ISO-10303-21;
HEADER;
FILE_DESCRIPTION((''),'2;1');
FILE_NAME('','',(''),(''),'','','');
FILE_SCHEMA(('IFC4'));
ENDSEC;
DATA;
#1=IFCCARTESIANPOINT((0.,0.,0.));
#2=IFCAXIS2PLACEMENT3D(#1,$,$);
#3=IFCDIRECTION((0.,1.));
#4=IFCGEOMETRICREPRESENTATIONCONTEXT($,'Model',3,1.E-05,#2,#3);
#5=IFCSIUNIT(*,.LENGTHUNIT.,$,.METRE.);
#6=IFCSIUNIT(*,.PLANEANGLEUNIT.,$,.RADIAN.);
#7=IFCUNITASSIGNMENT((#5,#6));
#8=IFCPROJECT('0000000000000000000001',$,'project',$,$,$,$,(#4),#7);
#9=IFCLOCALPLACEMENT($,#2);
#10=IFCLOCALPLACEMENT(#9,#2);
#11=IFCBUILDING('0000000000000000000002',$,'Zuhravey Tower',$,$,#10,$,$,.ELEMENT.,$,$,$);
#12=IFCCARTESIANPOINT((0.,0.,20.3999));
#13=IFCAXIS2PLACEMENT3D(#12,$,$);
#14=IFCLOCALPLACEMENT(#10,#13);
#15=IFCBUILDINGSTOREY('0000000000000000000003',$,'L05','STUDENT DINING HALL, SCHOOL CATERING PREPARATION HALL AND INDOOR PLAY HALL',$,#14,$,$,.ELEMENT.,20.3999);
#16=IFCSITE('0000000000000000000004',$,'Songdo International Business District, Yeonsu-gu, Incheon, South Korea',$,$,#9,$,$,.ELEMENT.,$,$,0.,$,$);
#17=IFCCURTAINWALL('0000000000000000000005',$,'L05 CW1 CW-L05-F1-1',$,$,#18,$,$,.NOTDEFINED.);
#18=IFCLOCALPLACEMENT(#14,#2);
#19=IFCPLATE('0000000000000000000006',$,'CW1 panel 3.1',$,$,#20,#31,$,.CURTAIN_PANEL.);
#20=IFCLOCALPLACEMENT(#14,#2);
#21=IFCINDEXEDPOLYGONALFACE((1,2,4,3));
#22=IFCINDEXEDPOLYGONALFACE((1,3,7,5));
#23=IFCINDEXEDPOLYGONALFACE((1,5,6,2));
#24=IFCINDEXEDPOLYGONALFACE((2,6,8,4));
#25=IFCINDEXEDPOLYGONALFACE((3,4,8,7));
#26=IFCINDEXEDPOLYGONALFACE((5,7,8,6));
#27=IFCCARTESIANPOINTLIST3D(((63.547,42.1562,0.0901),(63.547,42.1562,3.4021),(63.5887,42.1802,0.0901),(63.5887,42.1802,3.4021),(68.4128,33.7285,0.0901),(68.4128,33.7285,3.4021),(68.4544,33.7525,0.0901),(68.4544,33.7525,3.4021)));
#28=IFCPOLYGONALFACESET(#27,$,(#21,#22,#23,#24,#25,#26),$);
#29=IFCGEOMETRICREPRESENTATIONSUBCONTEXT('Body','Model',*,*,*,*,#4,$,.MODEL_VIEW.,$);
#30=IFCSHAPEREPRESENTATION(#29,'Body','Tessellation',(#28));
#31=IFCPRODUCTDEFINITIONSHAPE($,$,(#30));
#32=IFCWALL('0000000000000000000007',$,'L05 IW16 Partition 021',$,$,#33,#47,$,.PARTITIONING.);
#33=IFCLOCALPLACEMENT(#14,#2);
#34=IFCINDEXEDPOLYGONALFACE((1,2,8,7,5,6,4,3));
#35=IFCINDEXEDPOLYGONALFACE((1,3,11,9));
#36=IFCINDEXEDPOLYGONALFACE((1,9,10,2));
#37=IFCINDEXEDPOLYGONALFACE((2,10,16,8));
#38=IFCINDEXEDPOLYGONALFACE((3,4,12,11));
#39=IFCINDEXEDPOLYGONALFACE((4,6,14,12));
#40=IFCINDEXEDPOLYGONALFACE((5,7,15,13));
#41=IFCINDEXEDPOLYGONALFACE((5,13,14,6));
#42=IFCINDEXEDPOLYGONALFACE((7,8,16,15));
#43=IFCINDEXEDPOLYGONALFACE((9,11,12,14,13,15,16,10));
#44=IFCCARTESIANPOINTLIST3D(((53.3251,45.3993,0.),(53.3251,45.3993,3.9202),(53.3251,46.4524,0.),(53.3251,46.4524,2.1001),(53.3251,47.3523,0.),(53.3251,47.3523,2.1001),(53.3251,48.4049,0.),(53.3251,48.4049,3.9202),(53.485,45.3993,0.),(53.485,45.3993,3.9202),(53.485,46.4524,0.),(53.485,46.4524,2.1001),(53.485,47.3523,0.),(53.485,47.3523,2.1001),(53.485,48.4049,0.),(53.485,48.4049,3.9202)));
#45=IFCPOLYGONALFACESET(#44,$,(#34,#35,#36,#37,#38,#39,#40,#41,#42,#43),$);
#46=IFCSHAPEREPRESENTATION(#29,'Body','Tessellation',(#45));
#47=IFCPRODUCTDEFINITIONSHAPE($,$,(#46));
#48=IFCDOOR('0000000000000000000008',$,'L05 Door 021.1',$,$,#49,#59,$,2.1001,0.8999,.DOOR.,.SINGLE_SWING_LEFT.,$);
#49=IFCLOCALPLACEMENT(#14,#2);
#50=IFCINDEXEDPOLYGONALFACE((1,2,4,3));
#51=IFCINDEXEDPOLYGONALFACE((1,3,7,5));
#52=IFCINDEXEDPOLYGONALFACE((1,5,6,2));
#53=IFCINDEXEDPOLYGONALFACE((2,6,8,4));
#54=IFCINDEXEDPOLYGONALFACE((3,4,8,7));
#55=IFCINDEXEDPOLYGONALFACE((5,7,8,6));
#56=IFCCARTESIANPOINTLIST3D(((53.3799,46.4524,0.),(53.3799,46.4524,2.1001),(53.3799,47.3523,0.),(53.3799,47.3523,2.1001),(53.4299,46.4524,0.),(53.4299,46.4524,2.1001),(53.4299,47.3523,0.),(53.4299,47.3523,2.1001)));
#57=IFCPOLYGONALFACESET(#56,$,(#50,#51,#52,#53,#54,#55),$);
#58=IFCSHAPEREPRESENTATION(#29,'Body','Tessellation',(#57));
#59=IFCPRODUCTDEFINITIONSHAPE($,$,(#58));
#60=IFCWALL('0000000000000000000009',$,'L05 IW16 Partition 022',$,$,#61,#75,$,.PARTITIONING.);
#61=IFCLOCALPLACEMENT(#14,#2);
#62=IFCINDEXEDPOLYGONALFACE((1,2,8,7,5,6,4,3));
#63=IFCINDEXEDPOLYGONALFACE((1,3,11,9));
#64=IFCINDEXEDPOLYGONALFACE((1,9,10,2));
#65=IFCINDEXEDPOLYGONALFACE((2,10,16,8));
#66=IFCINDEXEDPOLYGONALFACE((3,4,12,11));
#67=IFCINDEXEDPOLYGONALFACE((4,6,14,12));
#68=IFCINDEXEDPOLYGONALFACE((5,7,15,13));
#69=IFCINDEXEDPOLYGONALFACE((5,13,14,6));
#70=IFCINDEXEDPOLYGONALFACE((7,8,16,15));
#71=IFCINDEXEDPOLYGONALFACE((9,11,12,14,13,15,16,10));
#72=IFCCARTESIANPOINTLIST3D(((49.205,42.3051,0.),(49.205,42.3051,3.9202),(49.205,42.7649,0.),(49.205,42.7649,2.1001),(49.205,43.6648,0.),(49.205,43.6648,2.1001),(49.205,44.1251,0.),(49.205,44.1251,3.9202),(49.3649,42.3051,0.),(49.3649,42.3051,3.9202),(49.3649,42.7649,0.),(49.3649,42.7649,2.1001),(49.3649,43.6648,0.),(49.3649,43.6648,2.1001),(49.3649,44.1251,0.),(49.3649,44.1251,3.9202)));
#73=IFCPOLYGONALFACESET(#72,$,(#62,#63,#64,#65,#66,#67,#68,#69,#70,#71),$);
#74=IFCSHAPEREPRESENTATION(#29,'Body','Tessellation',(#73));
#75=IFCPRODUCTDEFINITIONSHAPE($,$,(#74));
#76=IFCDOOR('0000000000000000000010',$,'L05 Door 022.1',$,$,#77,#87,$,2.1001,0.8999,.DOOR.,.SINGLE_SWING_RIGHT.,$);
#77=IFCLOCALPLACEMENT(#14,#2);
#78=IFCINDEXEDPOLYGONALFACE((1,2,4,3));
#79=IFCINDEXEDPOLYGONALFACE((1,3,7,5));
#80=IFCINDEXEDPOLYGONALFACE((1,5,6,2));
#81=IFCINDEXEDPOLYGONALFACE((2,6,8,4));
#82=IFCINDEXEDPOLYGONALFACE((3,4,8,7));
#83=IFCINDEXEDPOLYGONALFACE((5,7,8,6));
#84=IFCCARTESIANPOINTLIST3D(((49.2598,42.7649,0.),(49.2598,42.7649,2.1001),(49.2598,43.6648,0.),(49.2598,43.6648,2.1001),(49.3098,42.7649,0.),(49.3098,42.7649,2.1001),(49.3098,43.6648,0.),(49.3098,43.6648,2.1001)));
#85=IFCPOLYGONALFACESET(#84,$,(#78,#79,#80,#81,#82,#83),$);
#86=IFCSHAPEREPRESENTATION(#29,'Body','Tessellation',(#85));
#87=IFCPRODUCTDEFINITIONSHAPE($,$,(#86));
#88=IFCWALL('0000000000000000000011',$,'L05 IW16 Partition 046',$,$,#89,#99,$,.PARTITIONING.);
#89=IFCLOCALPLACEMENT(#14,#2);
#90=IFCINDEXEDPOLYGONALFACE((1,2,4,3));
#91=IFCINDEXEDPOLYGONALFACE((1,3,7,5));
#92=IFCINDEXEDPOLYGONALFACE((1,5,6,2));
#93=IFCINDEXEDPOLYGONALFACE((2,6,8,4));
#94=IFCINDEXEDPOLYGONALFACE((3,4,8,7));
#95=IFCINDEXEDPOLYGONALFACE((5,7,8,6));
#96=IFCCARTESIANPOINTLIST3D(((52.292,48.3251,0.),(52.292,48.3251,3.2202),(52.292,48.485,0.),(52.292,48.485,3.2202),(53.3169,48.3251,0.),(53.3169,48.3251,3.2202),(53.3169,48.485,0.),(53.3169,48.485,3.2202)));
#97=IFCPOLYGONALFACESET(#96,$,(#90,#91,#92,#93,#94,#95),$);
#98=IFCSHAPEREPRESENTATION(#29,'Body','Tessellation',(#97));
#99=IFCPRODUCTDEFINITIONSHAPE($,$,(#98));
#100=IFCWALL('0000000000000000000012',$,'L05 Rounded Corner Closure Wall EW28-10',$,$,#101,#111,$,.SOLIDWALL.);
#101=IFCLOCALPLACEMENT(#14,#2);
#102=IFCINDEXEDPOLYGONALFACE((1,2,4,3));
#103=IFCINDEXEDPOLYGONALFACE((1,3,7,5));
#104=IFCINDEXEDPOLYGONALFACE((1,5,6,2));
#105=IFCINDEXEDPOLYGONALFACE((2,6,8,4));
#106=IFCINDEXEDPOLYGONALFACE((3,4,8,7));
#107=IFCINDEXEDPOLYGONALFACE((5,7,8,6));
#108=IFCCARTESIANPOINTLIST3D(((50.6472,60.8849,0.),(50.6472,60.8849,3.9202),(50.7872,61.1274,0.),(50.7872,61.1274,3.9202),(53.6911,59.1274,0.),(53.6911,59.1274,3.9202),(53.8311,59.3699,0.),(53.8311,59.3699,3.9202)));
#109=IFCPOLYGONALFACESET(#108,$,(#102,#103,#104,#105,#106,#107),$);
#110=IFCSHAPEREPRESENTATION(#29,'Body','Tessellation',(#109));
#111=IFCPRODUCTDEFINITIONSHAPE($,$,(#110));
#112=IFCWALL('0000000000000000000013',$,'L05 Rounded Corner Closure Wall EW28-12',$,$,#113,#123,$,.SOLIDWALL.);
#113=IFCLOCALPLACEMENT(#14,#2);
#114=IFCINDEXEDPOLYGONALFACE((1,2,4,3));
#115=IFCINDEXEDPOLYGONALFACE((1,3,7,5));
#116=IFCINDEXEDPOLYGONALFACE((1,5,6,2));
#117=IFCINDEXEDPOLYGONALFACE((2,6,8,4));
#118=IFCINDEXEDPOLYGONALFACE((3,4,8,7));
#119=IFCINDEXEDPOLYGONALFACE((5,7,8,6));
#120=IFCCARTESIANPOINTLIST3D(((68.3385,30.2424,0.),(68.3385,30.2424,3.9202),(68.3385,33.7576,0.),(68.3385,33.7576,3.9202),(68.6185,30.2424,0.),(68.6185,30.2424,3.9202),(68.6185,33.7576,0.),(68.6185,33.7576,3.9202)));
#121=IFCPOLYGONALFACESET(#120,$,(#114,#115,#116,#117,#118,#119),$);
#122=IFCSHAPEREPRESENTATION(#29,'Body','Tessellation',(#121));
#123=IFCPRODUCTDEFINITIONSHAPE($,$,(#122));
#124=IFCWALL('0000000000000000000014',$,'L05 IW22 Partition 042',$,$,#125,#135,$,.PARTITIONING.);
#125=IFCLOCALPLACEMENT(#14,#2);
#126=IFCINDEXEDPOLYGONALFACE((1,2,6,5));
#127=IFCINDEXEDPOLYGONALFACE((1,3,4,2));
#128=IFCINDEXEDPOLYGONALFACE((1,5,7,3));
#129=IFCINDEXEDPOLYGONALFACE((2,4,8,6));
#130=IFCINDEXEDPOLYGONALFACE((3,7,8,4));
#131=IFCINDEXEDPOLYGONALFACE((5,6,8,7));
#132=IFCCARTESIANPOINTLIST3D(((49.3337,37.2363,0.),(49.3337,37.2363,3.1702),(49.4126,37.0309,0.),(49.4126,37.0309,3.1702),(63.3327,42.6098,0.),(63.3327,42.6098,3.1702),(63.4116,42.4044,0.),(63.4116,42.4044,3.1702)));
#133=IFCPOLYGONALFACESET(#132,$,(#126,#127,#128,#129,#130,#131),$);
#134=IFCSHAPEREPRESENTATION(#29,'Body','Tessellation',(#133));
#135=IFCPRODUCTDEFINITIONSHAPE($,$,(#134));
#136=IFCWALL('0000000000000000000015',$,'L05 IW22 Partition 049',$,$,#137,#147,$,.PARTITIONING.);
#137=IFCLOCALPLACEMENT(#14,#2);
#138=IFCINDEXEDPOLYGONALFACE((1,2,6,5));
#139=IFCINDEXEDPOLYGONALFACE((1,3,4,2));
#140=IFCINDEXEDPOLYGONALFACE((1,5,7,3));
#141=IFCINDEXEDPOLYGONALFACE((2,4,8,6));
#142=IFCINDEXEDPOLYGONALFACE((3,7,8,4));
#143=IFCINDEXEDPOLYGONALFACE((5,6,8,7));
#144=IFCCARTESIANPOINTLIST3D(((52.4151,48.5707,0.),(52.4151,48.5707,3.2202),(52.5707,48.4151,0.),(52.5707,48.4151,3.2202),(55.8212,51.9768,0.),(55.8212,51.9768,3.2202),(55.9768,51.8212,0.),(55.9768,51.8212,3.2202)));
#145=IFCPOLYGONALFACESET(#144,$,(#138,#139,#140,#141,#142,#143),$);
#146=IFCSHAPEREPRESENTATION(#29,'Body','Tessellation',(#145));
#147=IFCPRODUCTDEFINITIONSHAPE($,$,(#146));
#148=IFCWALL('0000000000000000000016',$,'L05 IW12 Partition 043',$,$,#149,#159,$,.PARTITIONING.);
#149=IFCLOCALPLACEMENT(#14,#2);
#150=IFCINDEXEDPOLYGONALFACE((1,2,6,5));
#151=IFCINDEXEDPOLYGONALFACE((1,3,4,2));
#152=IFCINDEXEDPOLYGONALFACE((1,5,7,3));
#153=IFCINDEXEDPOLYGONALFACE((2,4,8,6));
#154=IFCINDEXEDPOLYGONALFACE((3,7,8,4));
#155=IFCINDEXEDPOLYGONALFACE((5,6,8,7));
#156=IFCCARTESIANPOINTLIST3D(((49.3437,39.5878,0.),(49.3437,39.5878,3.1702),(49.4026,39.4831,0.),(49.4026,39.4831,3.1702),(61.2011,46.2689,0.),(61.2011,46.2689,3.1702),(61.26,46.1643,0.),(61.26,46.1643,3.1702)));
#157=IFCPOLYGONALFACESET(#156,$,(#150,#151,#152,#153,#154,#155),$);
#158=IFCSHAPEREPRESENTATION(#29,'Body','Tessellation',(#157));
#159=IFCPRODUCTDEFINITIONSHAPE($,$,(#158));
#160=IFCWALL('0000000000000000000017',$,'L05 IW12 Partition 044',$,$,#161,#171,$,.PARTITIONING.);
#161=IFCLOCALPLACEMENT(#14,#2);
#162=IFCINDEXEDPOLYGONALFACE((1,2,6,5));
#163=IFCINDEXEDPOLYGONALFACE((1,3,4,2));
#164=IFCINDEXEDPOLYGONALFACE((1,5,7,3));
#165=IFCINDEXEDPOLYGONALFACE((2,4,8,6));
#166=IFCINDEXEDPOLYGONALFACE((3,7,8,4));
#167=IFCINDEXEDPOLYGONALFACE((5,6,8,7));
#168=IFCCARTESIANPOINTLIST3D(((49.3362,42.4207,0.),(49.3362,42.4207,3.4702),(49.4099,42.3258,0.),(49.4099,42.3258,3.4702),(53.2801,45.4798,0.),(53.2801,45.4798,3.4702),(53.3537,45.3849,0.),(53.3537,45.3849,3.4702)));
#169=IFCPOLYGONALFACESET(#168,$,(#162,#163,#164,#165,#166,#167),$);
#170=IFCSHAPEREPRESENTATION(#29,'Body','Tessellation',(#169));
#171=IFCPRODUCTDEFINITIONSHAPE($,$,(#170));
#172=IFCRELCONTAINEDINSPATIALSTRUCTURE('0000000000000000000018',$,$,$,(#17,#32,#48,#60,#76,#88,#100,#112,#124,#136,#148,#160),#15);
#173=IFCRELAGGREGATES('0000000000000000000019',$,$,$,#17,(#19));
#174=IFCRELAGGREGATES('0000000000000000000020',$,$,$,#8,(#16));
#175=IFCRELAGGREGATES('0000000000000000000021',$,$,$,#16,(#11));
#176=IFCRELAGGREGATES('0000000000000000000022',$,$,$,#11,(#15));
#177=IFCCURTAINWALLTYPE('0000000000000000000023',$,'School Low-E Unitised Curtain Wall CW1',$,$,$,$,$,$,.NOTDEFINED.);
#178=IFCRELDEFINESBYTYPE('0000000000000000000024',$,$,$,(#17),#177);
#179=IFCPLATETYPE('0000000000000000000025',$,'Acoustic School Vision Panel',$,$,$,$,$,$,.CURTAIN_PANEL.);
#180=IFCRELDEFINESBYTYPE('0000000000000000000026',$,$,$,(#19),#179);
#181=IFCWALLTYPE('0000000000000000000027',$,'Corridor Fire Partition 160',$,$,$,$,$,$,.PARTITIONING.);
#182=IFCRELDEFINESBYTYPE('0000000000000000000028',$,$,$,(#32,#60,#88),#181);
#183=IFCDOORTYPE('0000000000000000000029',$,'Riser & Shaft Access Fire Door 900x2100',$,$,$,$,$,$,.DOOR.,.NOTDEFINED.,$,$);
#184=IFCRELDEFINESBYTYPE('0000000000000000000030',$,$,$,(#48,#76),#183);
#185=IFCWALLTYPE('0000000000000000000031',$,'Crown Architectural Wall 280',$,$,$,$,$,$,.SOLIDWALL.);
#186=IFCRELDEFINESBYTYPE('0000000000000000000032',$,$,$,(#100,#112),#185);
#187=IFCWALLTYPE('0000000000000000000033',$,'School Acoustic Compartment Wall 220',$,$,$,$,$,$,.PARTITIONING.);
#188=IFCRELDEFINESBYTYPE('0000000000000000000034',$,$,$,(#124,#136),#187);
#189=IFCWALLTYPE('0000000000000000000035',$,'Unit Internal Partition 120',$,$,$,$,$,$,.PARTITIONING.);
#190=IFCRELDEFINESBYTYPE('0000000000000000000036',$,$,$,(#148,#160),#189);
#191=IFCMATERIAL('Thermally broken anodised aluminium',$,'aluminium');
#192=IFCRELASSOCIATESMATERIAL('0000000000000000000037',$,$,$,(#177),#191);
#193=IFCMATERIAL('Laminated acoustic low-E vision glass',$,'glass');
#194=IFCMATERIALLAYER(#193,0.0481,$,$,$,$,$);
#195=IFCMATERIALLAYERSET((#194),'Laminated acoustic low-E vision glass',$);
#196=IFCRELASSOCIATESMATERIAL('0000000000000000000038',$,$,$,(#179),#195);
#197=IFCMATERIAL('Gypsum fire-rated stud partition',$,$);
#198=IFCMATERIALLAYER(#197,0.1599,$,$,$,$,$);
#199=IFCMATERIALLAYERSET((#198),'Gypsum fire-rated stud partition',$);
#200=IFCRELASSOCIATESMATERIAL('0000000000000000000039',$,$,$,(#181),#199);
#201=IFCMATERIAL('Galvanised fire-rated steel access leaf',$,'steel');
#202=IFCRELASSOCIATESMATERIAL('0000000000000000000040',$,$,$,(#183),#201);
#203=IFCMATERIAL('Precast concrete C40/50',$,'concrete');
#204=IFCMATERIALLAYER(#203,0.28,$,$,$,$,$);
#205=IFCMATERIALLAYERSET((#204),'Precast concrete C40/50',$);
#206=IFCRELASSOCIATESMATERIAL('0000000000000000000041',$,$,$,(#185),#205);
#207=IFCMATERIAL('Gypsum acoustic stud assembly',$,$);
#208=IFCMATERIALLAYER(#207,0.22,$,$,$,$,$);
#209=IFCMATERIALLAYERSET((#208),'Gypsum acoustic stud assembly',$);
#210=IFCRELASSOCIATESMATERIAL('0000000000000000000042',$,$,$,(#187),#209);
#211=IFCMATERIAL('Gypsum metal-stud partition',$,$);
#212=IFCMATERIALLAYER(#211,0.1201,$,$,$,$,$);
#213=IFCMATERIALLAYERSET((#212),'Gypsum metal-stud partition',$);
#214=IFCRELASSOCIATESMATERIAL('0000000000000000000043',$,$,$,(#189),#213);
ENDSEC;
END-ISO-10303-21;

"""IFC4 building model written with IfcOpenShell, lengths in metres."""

from ifc_helpers import new_model, si_unit, direction, frame, frame_2d, origin, origin_2d, place, context, subcontext, project, spatial, rectangle, extrude, material, layer, layer_set, type_object, element, fill, aggregate, save


model = new_model("IFC4")

# Units and contexts
model_context = context("Model", 3, precision=1e-05, world=origin(), true_north=direction((0.0, 1.0)))
body_context = subcontext(model_context, "Body", "Model", "MODEL_VIEW")
ifc_project = project(units=[si_unit("LENGTHUNIT", "METRE"), si_unit("PLANEANGLEUNIT", "RADIAN")], contexts=[model_context])

# Site, building, storey
site_placement = place(None, origin())
site = spatial("IfcSite", under=ifc_project, at=site_placement, Name="Songdo International Business District, Yeonsu-gu, Incheon, South Korea", CompositionType="ELEMENT", RefElevation=0.0)
building_placement = place(site_placement, origin())
building = spatial("IfcBuilding", under=site, at=building_placement, Name="Zuhravey Tower", CompositionType="ELEMENT")
storey_placement = place(building_placement, frame((0.0, 0.0, 20.3999)))
storey = spatial("IfcBuildingStorey", under=building, at=storey_placement, Name="L05", Description="STUDENT DINING HALL, SCHOOL CATERING PREPARATION HALL AND INDOOR PLAY HALL", CompositionType="ELEMENT", Elevation=20.3999)

# Shared definitions
ifc_material_1 = material(Name="Thermally broken anodised aluminium", Category="aluminium")
curtain_wall_type = type_object("IfcCurtainWallType", Name="School Low-E Unitised Curtain Wall CW1", PredefinedType="NOTDEFINED", material=ifc_material_1)

# Curtain wall
curtain_wall_1_placement = place(storey_placement, origin())
curtain_wall_1 = element("IfcCurtainWall", 1, at=curtain_wall_1_placement, inside=storey, type_object=curtain_wall_type, Name="L05 CW1 CW-L05-F1-1", PredefinedType="NOTDEFINED")

# Plate
ifc_material_2 = material(Name="Laminated acoustic low-E vision glass", Category="glass")
ifc_layer_1 = layer(ifc_material_2, 0.0481)
ifc_layer_set_1 = layer_set([ifc_layer_1], Name="Laminated acoustic low-E vision glass")
plate_type = type_object("IfcPlateType", Name="Acoustic School Vision Panel", PredefinedType="CURTAIN_PANEL", material=ifc_layer_set_1)
plate_1_placement = place(storey_placement, frame((66.0007, 37.9543, 0.0901), z_axis=(0.0, 0.0, 1.0), x_axis=(0.5, -0.866026, 0.0)))
plate_1 = element("IfcPlate", 2, at=plate_1_placement, type_object=plate_type, Name="CW1 panel 3.1", PredefinedType="CURTAIN_PANEL", context=body_context, shape_type="SweptSolid", body=[
    extrude(rectangle(XDim=9.7314, YDim=0.0481, at=origin_2d()), origin(), (0.0, 0.0, 1.0), 3.312),
])
aggregate(curtain_wall_1, [plate_1])

# Walls, openings, doors
ifc_material_3 = material(Name="Gypsum fire-rated stud partition")
ifc_layer_2 = layer(ifc_material_3, 0.1599)
ifc_layer_set_2 = layer_set([ifc_layer_2], Name="Gypsum fire-rated stud partition")
wall_type_1 = type_object("IfcWallType", Name="Corridor Fire Partition 160", PredefinedType="PARTITIONING", material=ifc_layer_set_2)
wall_1_placement = place(storey_placement, frame((53.405, 48.405, 0.0), z_axis=(0.0, 0.0, 1.0), x_axis=(0.0, -1.0, 0.0)))
wall_1 = element("IfcWall", 3, at=wall_1_placement, inside=storey, type_object=wall_type_1, Name="L05 IW16 Partition 021", PredefinedType="PARTITIONING", context=body_context, shape_type="SweptSolid", body=[
    extrude(rectangle(XDim=3.0056, YDim=0.1599, at=frame_2d((1.5029, 0.0))), origin(), (0.0, 0.0, 1.0), 3.9202),
])
opening_1_placement = place(wall_1_placement, frame((1.0527, 0.0, 0.0)))
opening_1 = element("IfcOpeningElement", 4, at=opening_1_placement, cuts=wall_1, PredefinedType="OPENING", context=body_context, shape_type="SweptSolid", body=[
    extrude(rectangle(XDim=0.8999, YDim=2.1001, at=frame_2d((0.45, 1.05))), frame((0.0, 0.092, 0.0), z_axis=(0.0, -1.0, 0.0), x_axis=(1.0, 0.0, 0.0)), (0.0, 0.0, 1.0), 0.1838),
])
ifc_material_4 = material(Name="Galvanised fire-rated steel access leaf", Category="steel")
door_type = type_object("IfcDoorType", Name="Riser & Shaft Access Fire Door 900x2100", OperationType="NOTDEFINED", PredefinedType="DOOR", material=ifc_material_4)
door_1_placement = place(opening_1_placement, origin())
door_1 = element("IfcDoor", 5, at=door_1_placement, inside=storey, type_object=door_type, Name="L05 Door 021.1", OperationType="SINGLE_SWING_LEFT", OverallHeight=2.1001, OverallWidth=0.8999, PredefinedType="DOOR", context=body_context, shape_type="SweptSolid", body=[
    extrude(rectangle(XDim=0.8999, YDim=2.1001, at=frame_2d((0.45, 1.05))), frame((0.0, 0.0249, 0.0), z_axis=(0.0, -1.0, 0.0), x_axis=(1.0, 0.0, 0.0)), (0.0, 0.0, 1.0), 0.05),
])
fill(opening_1, door_1)
wall_2_placement = place(storey_placement, frame((49.2849, 42.3049, 0.0), z_axis=(0.0, 0.0, 1.0), x_axis=(0.0, 1.0, 0.0)))
wall_2 = element("IfcWall", 6, at=wall_2_placement, inside=storey, type_object=wall_type_1, Name="L05 IW16 Partition 022", PredefinedType="PARTITIONING", context=body_context, shape_type="SweptSolid", body=[
    extrude(rectangle(XDim=1.8201, YDim=0.1599, at=frame_2d((0.9102, 0.0))), origin(), (0.0, 0.0, 1.0), 3.9202),
])
opening_2_placement = place(wall_2_placement, frame((0.46, 0.0, 0.0)))
opening_2 = element("IfcOpeningElement", 7, at=opening_2_placement, cuts=wall_2, PredefinedType="OPENING", context=body_context, shape_type="SweptSolid", body=[
    extrude(rectangle(XDim=0.8999, YDim=2.1001, at=frame_2d((0.45, 1.05))), frame((0.0, 0.092, 0.0), z_axis=(0.0, -1.0, 0.0), x_axis=(1.0, 0.0, 0.0)), (0.0, 0.0, 1.0), 0.1838),
])
door_2_placement = place(opening_2_placement, frame((0.8999, 0.0, 0.0), z_axis=(0.0, 0.0, 1.0), x_axis=(-1.0, 0.0, 0.0)))
door_2 = element("IfcDoor", 8, at=door_2_placement, inside=storey, type_object=door_type, Name="L05 Door 022.1", OperationType="SINGLE_SWING_RIGHT", OverallHeight=2.1001, OverallWidth=0.8999, PredefinedType="DOOR", context=body_context, shape_type="SweptSolid", body=[
    extrude(rectangle(XDim=0.8999, YDim=2.1001, at=frame_2d((0.45, 1.05))), frame((0.0, 0.0249, 0.0), z_axis=(0.0, -1.0, 0.0), x_axis=(1.0, 0.0, 0.0)), (0.0, 0.0, 1.0), 0.05),
])
fill(opening_2, door_2)

# Walls
wall_3_placement = place(storey_placement, frame((52.292, 48.405, 0.0), z_axis=(0.0, 0.0, 1.0), x_axis=(1.0, 0.0, 0.0)))
element("IfcWall", 9, at=wall_3_placement, inside=storey, type_object=wall_type_1, Name="L05 IW16 Partition 046", PredefinedType="PARTITIONING", context=body_context, shape_type="SweptSolid", body=[
    extrude(rectangle(XDim=1.0249, YDim=0.1599, at=frame_2d((0.5125, 0.0))), origin(), (0.0, 0.0, 1.0), 3.2202),
])
ifc_material_5 = material(Name="Precast concrete C40/50", Category="concrete")
ifc_layer_3 = layer(ifc_material_5, 0.28)
ifc_layer_set_3 = layer_set([ifc_layer_3], Name="Precast concrete C40/50")
wall_type_2 = type_object("IfcWallType", Name="Crown Architectural Wall 280", PredefinedType="SOLIDWALL", material=ifc_layer_set_3)
wall_4_placement = place(storey_placement, frame((50.7173, 61.0061, 0.0), z_axis=(0.0, 0.0, 1.0), x_axis=(0.866007, -0.500031, 0.0)))
element("IfcWall", 10, at=wall_4_placement, inside=storey, type_object=wall_type_2, Name="L05 Rounded Corner Closure Wall EW28-10", PredefinedType="SOLIDWALL", context=body_context, shape_type="SweptSolid", body=[
    extrude(rectangle(XDim=3.5149, YDim=0.28, at=frame_2d((1.7573, 0.0))), origin(), (0.0, 0.0, 1.0), 3.9202),
])
wall_5_placement = place(storey_placement, frame((68.4785, 33.7576, 0.0), z_axis=(0.0, 0.0, 1.0), x_axis=(0.0, -1.0, 0.0)))
element("IfcWall", 11, at=wall_5_placement, inside=storey, type_object=wall_type_2, Name="L05 Rounded Corner Closure Wall EW28-12", PredefinedType="SOLIDWALL", context=body_context, shape_type="SweptSolid", body=[
    extrude(rectangle(XDim=3.5151, YDim=0.28, at=frame_2d((1.7576, 0.0))), origin(), (0.0, 0.0, 1.0), 3.9202),
])
ifc_material_6 = material(Name="Gypsum acoustic stud assembly")
ifc_layer_4 = layer(ifc_material_6, 0.22)
ifc_layer_set_4 = layer_set([ifc_layer_4], Name="Gypsum acoustic stud assembly")
wall_type_3 = type_object("IfcWallType", Name="School Acoustic Compartment Wall 220", PredefinedType="PARTITIONING", material=ifc_layer_set_4)
wall_6_placement = place(storey_placement, frame((49.373, 37.1335, 0.0), z_axis=(0.0, 0.0, 1.0), x_axis=(0.933585, 0.358357, 0.0)))
element("IfcWall", 12, at=wall_6_placement, inside=storey, type_object=wall_type_3, Name="L05 IW22 Partition 042", PredefinedType="PARTITIONING", context=body_context, shape_type="SweptSolid", body=[
    extrude(rectangle(XDim=14.9949, YDim=0.22, at=frame_2d((7.4976, 0.0))), origin(), (0.0, 0.0, 1.0), 3.1702),
])
wall_7_placement = place(storey_placement, frame((52.4929, 48.4929, 0.0), z_axis=(0.0, 0.0, 1.0), x_axis=(0.707107, 0.707107, 0.0)))
element("IfcWall", 13, at=wall_7_placement, inside=storey, type_object=wall_type_3, Name="L05 IW22 Partition 049", PredefinedType="PARTITIONING", context=body_context, shape_type="SweptSolid", body=[
    extrude(rectangle(XDim=4.8169, YDim=0.22, at=frame_2d((2.4084, 0.0))), origin(), (0.0, 0.0, 1.0), 3.2202),
])
ifc_material_7 = material(Name="Gypsum metal-stud partition")
ifc_layer_5 = layer(ifc_material_7, 0.1201)
ifc_layer_set_5 = layer_set([ifc_layer_5], Name="Gypsum metal-stud partition")
wall_type_4 = type_object("IfcWallType", Name="Unit Internal Partition 120", PredefinedType="PARTITIONING", material=ifc_layer_set_5)
wall_8_placement = place(storey_placement, frame((49.373, 39.5354, 0.0), z_axis=(0.0, 0.0, 1.0), x_axis=(0.871219, 0.490895, 0.0)))
element("IfcWall", 14, at=wall_8_placement, inside=storey, type_object=wall_type_4, Name="L05 IW12 Partition 043", PredefinedType="PARTITIONING", context=body_context, shape_type="SweptSolid", body=[
    extrude(rectangle(XDim=13.6101, YDim=0.1201, at=frame_2d((6.8052, 0.0))), origin(), (0.0, 0.0, 1.0), 3.1702),
])
wall_9_placement = place(storey_placement, frame((49.373, 42.3733, 0.0), z_axis=(0.0, 0.0, 1.0), x_axis=(0.790163, 0.612897, 0.0)))
element("IfcWall", 15, at=wall_9_placement, inside=storey, type_object=wall_type_4, Name="L05 IW12 Partition 044", PredefinedType="PARTITIONING", context=body_context, shape_type="SweptSolid", body=[
    extrude(rectangle(XDim=4.9912, YDim=0.1201, at=frame_2d((2.4956, 0.0))), origin(), (0.0, 0.0, 1.0), 3.4702),
])

save(model, "model.ifc")
